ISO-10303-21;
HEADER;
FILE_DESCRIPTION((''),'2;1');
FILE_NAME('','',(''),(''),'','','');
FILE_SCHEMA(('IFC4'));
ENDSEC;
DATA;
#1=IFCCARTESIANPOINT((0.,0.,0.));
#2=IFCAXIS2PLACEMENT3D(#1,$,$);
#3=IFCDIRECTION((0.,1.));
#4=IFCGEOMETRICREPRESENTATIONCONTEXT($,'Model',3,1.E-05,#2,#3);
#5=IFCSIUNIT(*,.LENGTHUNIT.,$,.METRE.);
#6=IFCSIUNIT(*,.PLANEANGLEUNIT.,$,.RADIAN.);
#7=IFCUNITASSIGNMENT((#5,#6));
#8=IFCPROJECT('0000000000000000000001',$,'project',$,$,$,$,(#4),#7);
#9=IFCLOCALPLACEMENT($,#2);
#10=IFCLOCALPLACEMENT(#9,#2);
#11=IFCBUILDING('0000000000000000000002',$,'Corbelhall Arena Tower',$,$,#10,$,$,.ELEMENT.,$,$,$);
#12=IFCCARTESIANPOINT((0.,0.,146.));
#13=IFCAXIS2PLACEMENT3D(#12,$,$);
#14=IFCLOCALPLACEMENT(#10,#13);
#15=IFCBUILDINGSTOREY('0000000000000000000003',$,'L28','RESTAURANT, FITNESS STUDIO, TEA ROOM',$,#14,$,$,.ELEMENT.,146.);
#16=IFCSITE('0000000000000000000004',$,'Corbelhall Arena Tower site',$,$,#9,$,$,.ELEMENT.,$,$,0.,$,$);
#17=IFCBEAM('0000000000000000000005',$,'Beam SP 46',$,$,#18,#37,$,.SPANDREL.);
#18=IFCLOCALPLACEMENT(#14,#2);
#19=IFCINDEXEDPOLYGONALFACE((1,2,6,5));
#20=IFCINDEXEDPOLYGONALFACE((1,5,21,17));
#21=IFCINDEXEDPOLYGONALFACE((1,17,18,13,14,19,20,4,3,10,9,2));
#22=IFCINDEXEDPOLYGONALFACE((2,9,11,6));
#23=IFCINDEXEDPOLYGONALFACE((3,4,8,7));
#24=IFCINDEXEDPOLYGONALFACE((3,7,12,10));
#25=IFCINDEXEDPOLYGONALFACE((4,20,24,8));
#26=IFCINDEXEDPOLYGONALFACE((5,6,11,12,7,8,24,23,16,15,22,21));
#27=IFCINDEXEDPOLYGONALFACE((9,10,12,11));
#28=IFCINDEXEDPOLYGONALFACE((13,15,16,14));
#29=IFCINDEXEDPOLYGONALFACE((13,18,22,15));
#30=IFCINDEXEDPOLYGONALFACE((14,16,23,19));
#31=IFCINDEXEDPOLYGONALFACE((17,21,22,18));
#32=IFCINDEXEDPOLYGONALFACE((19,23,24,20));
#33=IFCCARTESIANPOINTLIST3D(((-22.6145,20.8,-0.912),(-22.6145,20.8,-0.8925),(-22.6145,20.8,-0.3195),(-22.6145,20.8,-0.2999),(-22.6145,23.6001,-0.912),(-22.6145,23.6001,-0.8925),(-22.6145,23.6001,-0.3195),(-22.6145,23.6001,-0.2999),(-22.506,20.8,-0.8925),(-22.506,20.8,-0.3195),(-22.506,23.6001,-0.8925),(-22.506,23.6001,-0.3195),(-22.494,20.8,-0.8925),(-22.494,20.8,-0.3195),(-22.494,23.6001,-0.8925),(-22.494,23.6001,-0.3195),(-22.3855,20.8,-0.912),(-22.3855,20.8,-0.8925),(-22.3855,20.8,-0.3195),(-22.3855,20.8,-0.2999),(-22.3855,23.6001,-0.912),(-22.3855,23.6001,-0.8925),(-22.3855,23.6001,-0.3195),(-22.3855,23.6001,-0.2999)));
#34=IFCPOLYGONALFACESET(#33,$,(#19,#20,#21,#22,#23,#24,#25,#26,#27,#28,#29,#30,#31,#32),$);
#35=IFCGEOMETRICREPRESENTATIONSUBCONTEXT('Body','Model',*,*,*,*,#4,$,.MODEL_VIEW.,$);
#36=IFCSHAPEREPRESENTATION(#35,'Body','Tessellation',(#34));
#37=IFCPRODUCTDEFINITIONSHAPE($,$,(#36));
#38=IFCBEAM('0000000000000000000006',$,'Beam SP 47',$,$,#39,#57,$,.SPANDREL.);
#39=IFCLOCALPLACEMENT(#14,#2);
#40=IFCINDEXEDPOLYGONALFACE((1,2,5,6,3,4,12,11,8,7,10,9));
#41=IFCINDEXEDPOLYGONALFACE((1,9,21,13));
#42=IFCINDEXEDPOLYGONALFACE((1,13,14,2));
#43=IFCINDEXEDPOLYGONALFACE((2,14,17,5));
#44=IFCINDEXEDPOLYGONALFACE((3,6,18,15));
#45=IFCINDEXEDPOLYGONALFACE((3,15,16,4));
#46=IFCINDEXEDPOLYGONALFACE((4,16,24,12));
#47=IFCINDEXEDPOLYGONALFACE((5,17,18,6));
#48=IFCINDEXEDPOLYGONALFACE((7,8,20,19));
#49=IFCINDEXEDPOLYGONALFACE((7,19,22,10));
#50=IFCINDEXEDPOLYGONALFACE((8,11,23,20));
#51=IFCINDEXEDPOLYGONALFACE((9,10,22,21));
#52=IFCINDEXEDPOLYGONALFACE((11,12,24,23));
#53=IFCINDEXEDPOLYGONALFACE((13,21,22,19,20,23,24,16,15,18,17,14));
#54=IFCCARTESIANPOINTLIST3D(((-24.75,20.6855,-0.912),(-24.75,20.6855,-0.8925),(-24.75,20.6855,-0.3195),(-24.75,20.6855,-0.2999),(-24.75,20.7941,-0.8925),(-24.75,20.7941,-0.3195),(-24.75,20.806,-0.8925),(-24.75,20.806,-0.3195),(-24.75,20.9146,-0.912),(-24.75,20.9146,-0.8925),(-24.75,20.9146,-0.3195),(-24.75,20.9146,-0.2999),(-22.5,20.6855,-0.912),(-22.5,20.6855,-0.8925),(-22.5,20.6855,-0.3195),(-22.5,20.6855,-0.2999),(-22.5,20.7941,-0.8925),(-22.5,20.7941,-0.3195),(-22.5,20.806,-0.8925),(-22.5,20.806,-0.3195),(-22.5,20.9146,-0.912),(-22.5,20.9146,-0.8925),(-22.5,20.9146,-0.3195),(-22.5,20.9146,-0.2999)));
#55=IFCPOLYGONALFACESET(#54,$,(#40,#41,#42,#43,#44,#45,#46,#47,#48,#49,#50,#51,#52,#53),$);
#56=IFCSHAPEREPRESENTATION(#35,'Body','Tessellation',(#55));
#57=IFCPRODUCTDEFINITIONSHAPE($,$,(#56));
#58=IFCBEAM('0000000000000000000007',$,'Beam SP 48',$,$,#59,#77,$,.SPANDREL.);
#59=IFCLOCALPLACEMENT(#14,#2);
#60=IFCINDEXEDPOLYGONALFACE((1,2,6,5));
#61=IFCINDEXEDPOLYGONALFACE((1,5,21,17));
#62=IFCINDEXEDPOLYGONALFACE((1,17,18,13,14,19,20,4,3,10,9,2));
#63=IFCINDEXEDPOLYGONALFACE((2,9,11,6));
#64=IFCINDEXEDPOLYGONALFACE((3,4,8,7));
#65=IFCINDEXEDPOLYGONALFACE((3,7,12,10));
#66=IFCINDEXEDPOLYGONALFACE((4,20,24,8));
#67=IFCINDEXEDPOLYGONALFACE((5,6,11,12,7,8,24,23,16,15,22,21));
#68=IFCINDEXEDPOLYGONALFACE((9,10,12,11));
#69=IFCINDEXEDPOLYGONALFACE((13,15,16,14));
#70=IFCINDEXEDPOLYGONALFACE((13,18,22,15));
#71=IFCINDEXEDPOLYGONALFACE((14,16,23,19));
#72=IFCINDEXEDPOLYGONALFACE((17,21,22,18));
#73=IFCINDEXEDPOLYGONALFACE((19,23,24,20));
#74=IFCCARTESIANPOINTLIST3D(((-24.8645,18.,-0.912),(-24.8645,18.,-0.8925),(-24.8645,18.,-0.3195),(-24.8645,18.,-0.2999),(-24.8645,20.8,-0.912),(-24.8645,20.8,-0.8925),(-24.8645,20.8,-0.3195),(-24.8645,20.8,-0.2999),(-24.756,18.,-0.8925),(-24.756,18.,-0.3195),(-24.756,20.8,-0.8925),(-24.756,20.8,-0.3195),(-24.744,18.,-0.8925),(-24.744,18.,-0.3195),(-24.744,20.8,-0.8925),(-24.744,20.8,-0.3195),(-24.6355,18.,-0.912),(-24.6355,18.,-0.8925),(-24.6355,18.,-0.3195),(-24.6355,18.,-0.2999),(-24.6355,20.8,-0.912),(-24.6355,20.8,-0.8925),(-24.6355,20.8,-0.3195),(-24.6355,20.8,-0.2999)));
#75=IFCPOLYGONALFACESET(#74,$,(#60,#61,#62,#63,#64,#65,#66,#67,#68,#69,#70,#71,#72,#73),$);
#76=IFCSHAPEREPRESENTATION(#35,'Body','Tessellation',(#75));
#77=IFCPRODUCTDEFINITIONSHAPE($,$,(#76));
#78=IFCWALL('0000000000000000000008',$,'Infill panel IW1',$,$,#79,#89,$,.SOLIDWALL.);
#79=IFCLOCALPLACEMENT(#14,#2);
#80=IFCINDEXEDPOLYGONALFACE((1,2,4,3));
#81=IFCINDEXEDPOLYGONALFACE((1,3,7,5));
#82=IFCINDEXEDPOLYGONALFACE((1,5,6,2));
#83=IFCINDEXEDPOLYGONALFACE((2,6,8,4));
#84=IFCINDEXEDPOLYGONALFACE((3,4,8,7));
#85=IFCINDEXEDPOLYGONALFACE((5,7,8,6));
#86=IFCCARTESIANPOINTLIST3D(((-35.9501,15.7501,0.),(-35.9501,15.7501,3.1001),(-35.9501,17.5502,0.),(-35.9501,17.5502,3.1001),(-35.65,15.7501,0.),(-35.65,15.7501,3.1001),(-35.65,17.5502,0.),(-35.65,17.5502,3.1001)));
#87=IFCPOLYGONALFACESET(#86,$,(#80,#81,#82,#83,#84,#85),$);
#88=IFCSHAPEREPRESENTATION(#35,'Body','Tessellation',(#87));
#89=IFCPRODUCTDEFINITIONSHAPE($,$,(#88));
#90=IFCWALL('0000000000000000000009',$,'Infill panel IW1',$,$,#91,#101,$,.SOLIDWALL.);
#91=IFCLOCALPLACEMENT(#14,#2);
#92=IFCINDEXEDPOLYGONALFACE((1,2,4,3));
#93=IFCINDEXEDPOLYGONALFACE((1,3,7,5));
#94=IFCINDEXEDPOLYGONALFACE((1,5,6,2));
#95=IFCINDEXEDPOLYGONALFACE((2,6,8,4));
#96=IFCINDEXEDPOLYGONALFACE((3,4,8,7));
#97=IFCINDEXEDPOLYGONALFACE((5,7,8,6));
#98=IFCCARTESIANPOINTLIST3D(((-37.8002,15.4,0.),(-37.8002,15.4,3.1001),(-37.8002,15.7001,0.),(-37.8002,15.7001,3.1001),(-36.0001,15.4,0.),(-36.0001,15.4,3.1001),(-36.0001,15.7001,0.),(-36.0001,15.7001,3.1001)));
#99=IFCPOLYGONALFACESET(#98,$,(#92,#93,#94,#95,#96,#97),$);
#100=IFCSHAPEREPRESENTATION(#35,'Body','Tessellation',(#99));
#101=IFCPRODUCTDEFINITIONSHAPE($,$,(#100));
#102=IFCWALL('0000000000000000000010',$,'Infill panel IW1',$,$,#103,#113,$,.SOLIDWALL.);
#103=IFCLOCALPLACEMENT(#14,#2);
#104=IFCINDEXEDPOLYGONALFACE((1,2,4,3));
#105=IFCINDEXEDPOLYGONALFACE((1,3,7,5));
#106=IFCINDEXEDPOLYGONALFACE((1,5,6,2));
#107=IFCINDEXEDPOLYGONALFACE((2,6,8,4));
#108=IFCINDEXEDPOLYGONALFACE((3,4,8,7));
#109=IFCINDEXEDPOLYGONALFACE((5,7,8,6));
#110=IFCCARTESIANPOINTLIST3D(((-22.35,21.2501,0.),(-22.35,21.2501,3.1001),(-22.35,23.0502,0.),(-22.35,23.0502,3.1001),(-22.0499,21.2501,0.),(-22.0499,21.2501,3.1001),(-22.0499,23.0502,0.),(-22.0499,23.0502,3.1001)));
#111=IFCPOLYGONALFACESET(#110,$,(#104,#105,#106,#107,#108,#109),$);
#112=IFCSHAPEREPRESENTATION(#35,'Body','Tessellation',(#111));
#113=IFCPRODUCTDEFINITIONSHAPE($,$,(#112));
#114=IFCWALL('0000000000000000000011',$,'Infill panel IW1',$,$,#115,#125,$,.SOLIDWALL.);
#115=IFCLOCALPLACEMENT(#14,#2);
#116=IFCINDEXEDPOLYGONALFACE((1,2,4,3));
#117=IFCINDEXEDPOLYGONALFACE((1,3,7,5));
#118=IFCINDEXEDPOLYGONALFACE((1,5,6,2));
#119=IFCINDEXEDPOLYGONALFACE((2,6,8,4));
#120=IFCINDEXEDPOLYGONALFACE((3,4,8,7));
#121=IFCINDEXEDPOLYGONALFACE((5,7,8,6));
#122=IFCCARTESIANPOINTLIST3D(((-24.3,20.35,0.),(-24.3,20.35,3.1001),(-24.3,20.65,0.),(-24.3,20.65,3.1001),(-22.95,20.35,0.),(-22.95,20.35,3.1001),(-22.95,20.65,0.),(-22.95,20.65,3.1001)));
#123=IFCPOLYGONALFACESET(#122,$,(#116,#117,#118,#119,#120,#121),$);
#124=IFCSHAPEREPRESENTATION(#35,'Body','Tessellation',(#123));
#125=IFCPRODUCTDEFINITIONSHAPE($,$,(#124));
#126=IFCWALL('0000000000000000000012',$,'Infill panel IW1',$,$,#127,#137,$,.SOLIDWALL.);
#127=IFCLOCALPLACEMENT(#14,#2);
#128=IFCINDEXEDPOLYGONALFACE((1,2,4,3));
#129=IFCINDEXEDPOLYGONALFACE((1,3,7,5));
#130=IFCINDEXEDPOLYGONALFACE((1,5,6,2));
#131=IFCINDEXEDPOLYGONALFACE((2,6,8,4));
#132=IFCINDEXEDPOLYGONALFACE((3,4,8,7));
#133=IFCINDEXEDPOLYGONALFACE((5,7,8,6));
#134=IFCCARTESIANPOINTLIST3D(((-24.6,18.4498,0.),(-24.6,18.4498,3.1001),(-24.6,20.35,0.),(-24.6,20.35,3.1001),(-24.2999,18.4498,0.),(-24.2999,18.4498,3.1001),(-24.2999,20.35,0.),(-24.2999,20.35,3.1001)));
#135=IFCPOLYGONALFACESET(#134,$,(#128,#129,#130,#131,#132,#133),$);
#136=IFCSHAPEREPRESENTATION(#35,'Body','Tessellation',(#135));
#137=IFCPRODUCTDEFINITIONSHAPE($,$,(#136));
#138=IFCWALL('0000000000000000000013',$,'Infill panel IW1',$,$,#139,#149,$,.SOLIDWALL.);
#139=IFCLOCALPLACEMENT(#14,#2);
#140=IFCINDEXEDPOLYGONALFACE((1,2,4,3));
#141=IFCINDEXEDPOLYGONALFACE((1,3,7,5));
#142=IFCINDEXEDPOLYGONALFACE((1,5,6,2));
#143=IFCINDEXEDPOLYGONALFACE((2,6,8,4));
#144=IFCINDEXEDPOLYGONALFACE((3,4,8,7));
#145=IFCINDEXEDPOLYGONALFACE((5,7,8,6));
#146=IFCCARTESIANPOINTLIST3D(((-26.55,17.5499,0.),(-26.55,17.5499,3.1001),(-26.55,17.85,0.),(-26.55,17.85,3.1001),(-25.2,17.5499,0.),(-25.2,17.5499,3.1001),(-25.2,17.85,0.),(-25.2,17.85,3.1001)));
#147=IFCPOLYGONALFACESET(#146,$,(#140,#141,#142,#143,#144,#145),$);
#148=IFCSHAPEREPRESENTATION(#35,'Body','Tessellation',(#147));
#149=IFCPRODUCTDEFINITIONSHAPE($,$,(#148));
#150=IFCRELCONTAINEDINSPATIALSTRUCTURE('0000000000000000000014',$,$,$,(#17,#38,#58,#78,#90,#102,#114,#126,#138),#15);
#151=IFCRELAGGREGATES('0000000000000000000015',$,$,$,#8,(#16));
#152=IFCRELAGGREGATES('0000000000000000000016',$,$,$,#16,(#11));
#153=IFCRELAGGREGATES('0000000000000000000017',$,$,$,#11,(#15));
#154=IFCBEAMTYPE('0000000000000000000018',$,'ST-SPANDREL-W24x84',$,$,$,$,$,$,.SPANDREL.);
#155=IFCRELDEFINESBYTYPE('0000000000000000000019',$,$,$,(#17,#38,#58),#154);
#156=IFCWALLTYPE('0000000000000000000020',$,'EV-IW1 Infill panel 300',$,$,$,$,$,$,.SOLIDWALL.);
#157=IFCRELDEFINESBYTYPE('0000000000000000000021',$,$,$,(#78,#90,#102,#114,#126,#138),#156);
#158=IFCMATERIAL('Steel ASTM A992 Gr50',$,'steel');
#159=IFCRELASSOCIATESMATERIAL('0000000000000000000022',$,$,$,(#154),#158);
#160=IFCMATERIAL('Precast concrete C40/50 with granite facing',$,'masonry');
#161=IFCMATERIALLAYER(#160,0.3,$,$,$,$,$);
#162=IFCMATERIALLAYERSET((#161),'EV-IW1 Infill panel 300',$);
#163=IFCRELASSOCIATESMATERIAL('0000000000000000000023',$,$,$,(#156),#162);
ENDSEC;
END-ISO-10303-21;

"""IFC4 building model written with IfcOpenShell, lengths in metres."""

from ifc_helpers import new_model, si_unit, direction, frame, frame_2d, origin, origin_2d, place, context, subcontext, project, spatial, rectangle, i_section, extrude, material, layer, layer_set, material_profile, profile_set, type_object, element, save


model = new_model("IFC4")

# Units and contexts
model_context = context("Model", 3, precision=1e-05, world=origin(), true_north=direction((0.0, 1.0)))
body_context = subcontext(model_context, "Body", "Model", "MODEL_VIEW")
ifc_project = project(units=[si_unit("LENGTHUNIT", "METRE"), si_unit("PLANEANGLEUNIT", "RADIAN")], contexts=[model_context])

# Site, building, storey
site_placement = place(None, origin())
site = spatial("IfcSite", under=ifc_project, at=site_placement, Name="Corbelhall Arena Tower site", CompositionType="ELEMENT", RefElevation=0.0)
building_placement = place(site_placement, origin())
building = spatial("IfcBuilding", under=site, at=building_placement, Name="Corbelhall Arena Tower", CompositionType="ELEMENT")
storey_placement = place(building_placement, frame((0.0, 0.0, 146.0)))
storey = spatial("IfcBuildingStorey", under=building, at=storey_placement, Name="L28", Description="RESTAURANT, FITNESS STUDIO, TEA ROOM", CompositionType="ELEMENT", Elevation=146.0)

# Beams
ifc_material_1 = material(Name="Steel ASTM A992 Gr50", Category="steel")
ifc_material_profile_1 = material_profile(ifc_material_1, i_section(OverallWidth=0.229, OverallDepth=0.6121, WebThickness=0.012, FlangeThickness=0.0195, at=origin_2d()))
ifc_profile_set_1 = profile_set([ifc_material_profile_1], Name="Steel ASTM A992 Gr50")
beam_type = type_object("IfcBeamType", Name="ST-SPANDREL-W24x84", PredefinedType="SPANDREL", material=ifc_profile_set_1)
beam_1_placement = place(storey_placement, frame((-22.5, 20.8, -0.606), z_axis=(0.0, 1.0, 0.0), x_axis=(-1.0, 0.0, 0.0)))
element("IfcBeam", 1, at=beam_1_placement, inside=storey, type_object=beam_type, Name="Beam SP 46", PredefinedType="SPANDREL", context=body_context, shape_type="SweptSolid", body=[
    extrude(i_section(OverallWidth=0.229, OverallDepth=0.6121, WebThickness=0.012, FlangeThickness=0.0195, at=origin_2d()), origin(), (0.0, 0.0, 1.0), 2.8),
])
beam_2_placement = place(storey_placement, frame((-24.75, 20.8, -0.606), z_axis=(1.0, 0.0, 0.0), x_axis=(0.0, 1.0, 0.0)))
element("IfcBeam", 2, at=beam_2_placement, inside=storey, type_object=beam_type, Name="Beam SP 47", PredefinedType="SPANDREL", context=body_context, shape_type="SweptSolid", body=[
    extrude(i_section(OverallWidth=0.229, OverallDepth=0.6121, WebThickness=0.012, FlangeThickness=0.0195, at=origin_2d()), origin(), (0.0, 0.0, 1.0), 2.25),
])
beam_3_placement = place(storey_placement, frame((-24.75, 18.0, -0.606), z_axis=(0.0, 1.0, 0.0), x_axis=(-1.0, 0.0, 0.0)))
element("IfcBeam", 3, at=beam_3_placement, inside=storey, type_object=beam_type, Name="Beam SP 48", PredefinedType="SPANDREL", context=body_context, shape_type="SweptSolid", body=[
    extrude(i_section(OverallWidth=0.229, OverallDepth=0.6121, WebThickness=0.012, FlangeThickness=0.0195, at=origin_2d()), origin(), (0.0, 0.0, 1.0), 2.8),
])

# Walls
ifc_material_2 = material(Name="Precast concrete C40/50 with granite facing", Category="masonry")
ifc_layer_1 = layer(ifc_material_2, 0.3)
ifc_layer_set_1 = layer_set([ifc_layer_1], Name="EV-IW1 Infill panel 300")
wall_type_1 = type_object("IfcWallType", Name="EV-IW1 Infill panel 300", PredefinedType="SOLIDWALL", material=ifc_layer_set_1)
for number, where, z_axis, x_axis, name in (
    (4, (-35.8, 17.55, 0.0), (0.0, 0.0, 1.0), (0.0, -1.0, 0.0), "Infill panel IW1"),
    (5, (-37.8, 15.55, 0.0), (0.0, 0.0, 1.0), (1.0, 0.0, 0.0), "Infill panel IW1"),
    (6, (-22.2, 23.05, 0.0), (0.0, 0.0, 1.0), (0.0, -1.0, 0.0), "Infill panel IW1"),
):
    element("IfcWall", number, at=place(storey_placement, frame(where, z_axis=z_axis, x_axis=x_axis)), inside=storey, type_object=wall_type_1, Name=name, PredefinedType="SOLIDWALL", context=body_context, shape_type="SweptSolid", body=[
        extrude(rectangle(XDim=1.8, YDim=0.3, at=frame_2d((0.8999, 0.0))), origin(), (0.0, 0.0, 1.0), 3.1001),
    ])
wall_1_placement = place(storey_placement, frame((-22.95, 20.5, 0.0), z_axis=(0.0, 0.0, 1.0), x_axis=(-1.0, 0.0, 0.0)))
element("IfcWall", 7, at=wall_1_placement, inside=storey, type_object=wall_type_1, Name="Infill panel IW1", PredefinedType="SOLIDWALL", context=body_context, shape_type="SweptSolid", body=[
    extrude(rectangle(XDim=1.3501, YDim=0.3, at=frame_2d((0.675, 0.0))), origin(), (0.0, 0.0, 1.0), 3.1001),
])
wall_2_placement = place(storey_placement, frame((-24.45, 20.3501, 0.0), z_axis=(0.0, 0.0, 1.0), x_axis=(0.0, -1.0, 0.0)))
element("IfcWall", 8, at=wall_2_placement, inside=storey, type_object=wall_type_1, Name="Infill panel IW1", PredefinedType="SOLIDWALL", context=body_context, shape_type="SweptSolid", body=[
    extrude(rectangle(XDim=1.9001, YDim=0.3, at=frame_2d((0.9502, 0.0))), origin(), (0.0, 0.0, 1.0), 3.1001),
])
wall_3_placement = place(storey_placement, frame((-25.2, 17.7, 0.0), z_axis=(0.0, 0.0, 1.0), x_axis=(-1.0, 0.0, 0.0)))
element("IfcWall", 9, at=wall_3_placement, inside=storey, type_object=wall_type_1, Name="Infill panel IW1", PredefinedType="SOLIDWALL", context=body_context, shape_type="SweptSolid", body=[
    extrude(rectangle(XDim=1.3501, YDim=0.3, at=frame_2d((0.675, 0.0))), origin(), (0.0, 0.0, 1.0), 3.1001),
])

save(model, "model.ifc")
